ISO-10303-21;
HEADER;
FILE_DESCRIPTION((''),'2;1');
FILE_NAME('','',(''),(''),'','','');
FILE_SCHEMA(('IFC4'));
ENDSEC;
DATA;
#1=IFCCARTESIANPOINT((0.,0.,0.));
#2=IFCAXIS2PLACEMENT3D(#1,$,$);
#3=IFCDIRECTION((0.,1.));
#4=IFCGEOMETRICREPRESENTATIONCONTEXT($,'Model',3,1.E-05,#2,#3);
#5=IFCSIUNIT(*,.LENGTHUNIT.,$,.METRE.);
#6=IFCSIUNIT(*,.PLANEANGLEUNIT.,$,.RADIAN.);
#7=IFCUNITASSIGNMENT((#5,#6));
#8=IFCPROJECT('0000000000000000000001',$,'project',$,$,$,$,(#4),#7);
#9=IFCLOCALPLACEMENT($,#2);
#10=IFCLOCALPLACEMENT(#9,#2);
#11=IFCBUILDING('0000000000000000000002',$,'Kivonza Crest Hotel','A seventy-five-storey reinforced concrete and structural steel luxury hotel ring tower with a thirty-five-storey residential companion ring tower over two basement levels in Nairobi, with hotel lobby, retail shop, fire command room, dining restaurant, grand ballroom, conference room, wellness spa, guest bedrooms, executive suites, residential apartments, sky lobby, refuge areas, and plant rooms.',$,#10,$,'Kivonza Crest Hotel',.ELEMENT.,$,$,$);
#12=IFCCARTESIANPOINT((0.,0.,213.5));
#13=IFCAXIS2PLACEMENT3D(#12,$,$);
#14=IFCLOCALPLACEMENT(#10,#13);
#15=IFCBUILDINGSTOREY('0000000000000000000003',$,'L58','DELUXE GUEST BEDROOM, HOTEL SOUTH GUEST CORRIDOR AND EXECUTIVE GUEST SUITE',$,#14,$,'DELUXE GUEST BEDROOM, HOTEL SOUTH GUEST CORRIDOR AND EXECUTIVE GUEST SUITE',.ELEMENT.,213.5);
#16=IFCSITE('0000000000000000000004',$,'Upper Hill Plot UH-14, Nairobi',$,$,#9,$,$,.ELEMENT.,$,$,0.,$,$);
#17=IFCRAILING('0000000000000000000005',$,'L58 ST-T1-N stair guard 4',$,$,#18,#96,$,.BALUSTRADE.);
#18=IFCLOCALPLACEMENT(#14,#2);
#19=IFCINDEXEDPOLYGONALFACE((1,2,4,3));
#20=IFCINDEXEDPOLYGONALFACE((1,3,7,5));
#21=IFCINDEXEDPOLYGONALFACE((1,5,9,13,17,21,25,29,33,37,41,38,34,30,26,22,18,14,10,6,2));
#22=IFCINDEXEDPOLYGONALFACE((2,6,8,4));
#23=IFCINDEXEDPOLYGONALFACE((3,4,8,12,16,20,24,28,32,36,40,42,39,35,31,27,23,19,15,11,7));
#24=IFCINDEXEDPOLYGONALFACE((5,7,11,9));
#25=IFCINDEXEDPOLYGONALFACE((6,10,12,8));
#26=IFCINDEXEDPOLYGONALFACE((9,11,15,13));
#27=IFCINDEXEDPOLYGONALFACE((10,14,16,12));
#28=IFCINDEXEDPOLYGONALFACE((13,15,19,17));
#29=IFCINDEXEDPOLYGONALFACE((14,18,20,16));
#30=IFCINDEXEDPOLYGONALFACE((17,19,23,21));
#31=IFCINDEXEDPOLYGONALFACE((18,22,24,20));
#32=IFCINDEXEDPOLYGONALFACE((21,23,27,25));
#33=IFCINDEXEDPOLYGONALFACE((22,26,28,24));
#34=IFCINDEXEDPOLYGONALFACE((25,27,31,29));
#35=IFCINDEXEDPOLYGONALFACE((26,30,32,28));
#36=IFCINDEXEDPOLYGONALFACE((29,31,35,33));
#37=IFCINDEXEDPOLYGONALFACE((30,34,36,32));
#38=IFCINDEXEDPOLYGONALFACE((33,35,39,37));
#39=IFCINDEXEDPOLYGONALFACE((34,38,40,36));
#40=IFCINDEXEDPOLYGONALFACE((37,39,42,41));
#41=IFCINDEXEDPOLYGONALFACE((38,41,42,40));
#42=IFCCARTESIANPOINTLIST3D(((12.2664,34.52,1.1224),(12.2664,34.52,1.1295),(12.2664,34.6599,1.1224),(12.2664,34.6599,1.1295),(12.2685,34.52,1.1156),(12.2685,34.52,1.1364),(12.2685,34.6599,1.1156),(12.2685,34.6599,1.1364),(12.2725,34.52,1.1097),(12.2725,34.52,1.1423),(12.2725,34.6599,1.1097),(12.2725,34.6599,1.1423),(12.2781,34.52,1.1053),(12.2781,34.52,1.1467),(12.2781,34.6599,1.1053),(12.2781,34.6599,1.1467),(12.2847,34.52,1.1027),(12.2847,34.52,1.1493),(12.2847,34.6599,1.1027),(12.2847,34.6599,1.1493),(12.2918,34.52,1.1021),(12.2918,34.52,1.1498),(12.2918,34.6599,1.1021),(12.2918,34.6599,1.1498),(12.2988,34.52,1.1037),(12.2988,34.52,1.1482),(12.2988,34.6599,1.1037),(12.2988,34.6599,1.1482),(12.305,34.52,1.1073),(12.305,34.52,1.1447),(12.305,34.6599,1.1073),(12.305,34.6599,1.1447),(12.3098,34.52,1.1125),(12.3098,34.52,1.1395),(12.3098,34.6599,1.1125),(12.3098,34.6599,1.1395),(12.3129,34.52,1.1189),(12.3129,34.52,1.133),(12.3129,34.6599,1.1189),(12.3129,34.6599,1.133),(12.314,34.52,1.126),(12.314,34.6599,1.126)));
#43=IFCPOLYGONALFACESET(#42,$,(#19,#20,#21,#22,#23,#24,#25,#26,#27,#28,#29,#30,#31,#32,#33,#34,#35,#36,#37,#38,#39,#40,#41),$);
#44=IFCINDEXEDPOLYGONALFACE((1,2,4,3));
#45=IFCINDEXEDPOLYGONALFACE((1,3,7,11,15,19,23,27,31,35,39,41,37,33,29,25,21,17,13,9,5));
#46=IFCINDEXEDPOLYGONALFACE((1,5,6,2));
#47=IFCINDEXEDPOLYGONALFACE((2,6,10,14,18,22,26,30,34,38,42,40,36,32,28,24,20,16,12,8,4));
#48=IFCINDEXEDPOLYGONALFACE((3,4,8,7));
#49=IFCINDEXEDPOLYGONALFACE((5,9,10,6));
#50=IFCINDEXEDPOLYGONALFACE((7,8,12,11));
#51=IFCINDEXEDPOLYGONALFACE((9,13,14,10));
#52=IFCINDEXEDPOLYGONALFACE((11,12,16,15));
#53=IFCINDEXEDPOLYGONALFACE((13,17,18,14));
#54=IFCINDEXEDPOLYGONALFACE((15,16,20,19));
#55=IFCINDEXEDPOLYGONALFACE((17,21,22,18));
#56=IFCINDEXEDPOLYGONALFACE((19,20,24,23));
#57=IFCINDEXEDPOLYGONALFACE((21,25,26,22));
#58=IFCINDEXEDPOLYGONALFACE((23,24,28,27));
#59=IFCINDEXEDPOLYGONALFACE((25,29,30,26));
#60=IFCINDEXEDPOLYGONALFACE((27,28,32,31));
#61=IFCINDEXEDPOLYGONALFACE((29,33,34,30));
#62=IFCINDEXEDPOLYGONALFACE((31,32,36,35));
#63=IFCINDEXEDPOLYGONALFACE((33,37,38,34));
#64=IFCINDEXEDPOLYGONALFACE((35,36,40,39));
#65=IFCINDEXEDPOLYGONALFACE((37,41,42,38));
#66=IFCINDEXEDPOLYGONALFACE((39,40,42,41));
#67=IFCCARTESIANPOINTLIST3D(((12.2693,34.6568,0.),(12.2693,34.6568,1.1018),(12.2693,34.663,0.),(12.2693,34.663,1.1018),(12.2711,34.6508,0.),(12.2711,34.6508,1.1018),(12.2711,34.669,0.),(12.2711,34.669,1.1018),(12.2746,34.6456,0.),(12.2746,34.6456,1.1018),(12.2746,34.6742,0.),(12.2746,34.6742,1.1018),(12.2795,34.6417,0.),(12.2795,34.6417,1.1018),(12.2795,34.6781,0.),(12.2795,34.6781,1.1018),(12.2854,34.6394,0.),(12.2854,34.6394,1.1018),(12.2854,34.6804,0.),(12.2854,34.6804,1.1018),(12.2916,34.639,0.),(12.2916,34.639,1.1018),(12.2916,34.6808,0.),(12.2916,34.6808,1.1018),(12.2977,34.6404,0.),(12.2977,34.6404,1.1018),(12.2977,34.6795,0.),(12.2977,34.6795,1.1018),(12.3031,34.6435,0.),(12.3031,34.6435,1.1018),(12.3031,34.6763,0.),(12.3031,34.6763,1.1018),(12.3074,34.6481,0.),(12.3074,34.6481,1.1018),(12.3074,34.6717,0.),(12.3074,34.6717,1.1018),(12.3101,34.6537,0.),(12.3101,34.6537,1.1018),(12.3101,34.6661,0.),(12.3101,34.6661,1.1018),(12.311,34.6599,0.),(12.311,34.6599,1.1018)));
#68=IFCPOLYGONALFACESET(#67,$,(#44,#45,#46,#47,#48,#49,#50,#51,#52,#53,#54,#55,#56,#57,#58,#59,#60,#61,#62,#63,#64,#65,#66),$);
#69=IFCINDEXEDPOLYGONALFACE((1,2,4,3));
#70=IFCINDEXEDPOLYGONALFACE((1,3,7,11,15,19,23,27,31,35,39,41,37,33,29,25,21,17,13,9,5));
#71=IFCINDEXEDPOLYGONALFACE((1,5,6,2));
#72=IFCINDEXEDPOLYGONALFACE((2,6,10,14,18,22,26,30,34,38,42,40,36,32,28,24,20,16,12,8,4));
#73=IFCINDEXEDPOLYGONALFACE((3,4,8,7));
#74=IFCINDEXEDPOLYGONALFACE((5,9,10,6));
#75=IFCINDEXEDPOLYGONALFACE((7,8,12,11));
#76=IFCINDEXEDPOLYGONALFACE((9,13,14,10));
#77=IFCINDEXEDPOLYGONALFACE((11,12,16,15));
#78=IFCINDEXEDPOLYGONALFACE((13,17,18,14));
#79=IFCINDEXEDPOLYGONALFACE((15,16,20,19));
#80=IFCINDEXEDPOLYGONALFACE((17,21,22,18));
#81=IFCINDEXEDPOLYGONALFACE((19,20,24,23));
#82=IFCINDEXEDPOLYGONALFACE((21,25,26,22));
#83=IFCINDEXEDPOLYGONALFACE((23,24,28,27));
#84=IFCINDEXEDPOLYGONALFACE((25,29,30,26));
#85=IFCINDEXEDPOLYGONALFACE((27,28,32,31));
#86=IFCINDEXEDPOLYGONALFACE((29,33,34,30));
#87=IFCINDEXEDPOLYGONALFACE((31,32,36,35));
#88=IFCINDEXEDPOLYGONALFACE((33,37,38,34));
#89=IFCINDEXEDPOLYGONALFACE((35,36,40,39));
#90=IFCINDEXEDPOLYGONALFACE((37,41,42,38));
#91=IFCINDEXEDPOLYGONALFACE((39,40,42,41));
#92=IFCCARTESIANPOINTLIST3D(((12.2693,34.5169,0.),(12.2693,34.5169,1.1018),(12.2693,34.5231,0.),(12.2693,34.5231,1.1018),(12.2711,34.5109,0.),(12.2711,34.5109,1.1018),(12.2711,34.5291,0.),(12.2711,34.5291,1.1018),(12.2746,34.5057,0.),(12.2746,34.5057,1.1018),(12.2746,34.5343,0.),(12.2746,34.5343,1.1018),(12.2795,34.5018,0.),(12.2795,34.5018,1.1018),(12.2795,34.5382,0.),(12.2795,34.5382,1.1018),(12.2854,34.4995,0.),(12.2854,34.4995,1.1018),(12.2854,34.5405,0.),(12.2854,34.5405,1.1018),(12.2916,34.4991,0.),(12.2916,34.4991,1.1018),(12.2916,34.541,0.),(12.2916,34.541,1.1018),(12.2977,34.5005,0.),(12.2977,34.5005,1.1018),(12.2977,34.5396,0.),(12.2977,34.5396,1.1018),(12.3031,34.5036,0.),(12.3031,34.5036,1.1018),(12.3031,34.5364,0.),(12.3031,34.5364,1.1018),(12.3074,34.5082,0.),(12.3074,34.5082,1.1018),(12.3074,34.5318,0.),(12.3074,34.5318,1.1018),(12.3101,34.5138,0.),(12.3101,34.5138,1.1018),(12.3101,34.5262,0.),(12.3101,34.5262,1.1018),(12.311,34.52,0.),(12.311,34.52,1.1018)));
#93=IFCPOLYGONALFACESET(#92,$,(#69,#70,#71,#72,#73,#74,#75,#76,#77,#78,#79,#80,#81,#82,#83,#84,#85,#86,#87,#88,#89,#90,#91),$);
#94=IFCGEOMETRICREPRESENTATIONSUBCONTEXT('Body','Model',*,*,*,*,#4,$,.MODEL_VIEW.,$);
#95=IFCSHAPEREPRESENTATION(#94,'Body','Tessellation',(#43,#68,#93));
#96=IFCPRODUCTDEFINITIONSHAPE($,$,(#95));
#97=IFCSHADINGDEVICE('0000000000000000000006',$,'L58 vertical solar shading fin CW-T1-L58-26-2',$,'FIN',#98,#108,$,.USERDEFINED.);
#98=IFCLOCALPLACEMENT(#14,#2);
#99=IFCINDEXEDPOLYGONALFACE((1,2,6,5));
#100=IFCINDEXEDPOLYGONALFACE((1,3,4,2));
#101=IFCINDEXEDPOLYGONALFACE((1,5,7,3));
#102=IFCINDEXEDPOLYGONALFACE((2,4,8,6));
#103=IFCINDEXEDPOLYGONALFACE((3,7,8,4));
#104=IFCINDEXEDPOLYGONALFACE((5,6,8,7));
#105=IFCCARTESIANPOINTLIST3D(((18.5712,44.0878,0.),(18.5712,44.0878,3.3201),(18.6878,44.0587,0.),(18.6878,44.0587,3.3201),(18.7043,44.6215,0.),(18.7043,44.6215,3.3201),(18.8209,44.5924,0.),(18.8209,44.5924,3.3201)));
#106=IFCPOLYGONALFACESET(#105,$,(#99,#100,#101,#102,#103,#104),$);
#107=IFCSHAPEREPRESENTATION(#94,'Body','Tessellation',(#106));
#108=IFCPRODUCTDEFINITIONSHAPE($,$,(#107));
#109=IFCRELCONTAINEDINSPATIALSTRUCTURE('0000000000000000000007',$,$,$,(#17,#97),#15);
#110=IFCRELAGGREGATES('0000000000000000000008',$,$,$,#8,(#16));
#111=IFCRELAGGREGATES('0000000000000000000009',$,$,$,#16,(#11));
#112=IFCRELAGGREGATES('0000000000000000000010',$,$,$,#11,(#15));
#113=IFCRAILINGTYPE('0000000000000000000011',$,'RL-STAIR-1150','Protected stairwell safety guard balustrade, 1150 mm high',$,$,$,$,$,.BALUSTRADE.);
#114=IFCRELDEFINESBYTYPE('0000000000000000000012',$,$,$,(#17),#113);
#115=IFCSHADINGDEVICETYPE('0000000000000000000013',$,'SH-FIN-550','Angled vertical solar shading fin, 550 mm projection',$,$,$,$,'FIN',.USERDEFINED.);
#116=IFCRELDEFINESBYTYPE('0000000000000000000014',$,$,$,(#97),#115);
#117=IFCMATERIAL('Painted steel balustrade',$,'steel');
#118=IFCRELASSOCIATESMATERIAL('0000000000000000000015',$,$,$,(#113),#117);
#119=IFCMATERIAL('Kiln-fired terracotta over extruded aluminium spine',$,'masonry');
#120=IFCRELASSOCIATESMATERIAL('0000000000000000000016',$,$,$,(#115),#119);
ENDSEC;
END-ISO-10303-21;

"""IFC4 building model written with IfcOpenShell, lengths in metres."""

from ifc_helpers import new_model, si_unit, direction, frame, origin, origin_2d, place, context, subcontext, project, spatial, rectangle, circle, extrude, material, type_object, element, save


model = new_model("IFC4")

# Units and contexts
model_context = context("Model", 3, precision=1e-05, world=origin(), true_north=direction((0.0, 1.0)))
body_context = subcontext(model_context, "Body", "Model", "MODEL_VIEW")
ifc_project = project(units=[si_unit("LENGTHUNIT", "METRE"), si_unit("PLANEANGLEUNIT", "RADIAN")], contexts=[model_context])

# Site, building, storey
site_placement = place(None, origin())
site = spatial("IfcSite", under=ifc_project, at=site_placement, Name="Upper Hill Plot UH-14, Nairobi", CompositionType="ELEMENT", RefElevation=0.0)
building_placement = place(site_placement, origin())
building = spatial("IfcBuilding", under=site, at=building_placement, Name="Kivonza Crest Hotel", Description="A seventy-five-storey reinforced concrete and structural steel luxury hotel ring tower with a thirty-five-storey residential companion ring tower over two basement levels in Nairobi, with hotel lobby, retail shop, fire command room, dining restaurant, grand ballroom, conference room, wellness spa, guest bedrooms, executive suites, residential apartments, sky lobby, refuge areas, and plant rooms.", LongName="Kivonza Crest Hotel", CompositionType="ELEMENT")
storey_placement = place(building_placement, frame((0.0, 0.0, 213.5)))
storey = spatial("IfcBuildingStorey", under=building, at=storey_placement, Name="L58", Description="DELUXE GUEST BEDROOM, HOTEL SOUTH GUEST CORRIDOR AND EXECUTIVE GUEST SUITE", LongName="DELUXE GUEST BEDROOM, HOTEL SOUTH GUEST CORRIDOR AND EXECUTIVE GUEST SUITE", CompositionType="ELEMENT", Elevation=213.5)

# Railing
ifc_material_1 = material(Name="Painted steel balustrade", Category="steel")
railing_type_1 = type_object("IfcRailingType", Name="RL-STAIR-1150", Description="Protected stairwell safety guard balustrade, 1150 mm high", PredefinedType="BALUSTRADE", material=ifc_material_1)
railing_1_placement = place(storey_placement, frame((12.29, 34.6599, 0.0)))
element("IfcRailing", 1, at=railing_1_placement, inside=storey, type_object=railing_type_1, Name="L58 ST-T1-N stair guard 4", PredefinedType="BALUSTRADE", context=body_context, shape_type="SweptSolid", body=[
    extrude(circle(Radius=0.0239, at=origin_2d()), frame((0.0, 0.0, 1.126), z_axis=(0.0, -1.0, 0.0), x_axis=(1.0, 0.0, 0.0)), (0.0, 0.0, 1.0), 0.1399),
    extrude(circle(Radius=0.021, at=origin_2d()), origin(), (0.0, 0.0, 1.0), 1.1018),
    extrude(circle(Radius=0.021, at=origin_2d()), frame((0.0, -0.1399, 0.0)), (0.0, 0.0, 1.0), 1.1018),
])

# Shading device
ifc_material_2 = material(Name="Kiln-fired terracotta over extruded aluminium spine", Category="masonry")
shading_device_type = type_object("IfcShadingDeviceType", Name="SH-FIN-550", Description="Angled vertical solar shading fin, 550 mm projection", ElementType="FIN", PredefinedType="USERDEFINED", material=ifc_material_2)
shading_device_placement = place(storey_placement, frame((18.696, 44.3401, 0.0), z_axis=(0.0, 0.0, 1.0), x_axis=(-0.970296, 0.241922, 0.0)))
element("IfcShadingDevice", 2, at=shading_device_placement, inside=storey, type_object=shading_device_type, Name="L58 vertical solar shading fin CW-T1-L58-26-2", ObjectType="FIN", PredefinedType="USERDEFINED", context=body_context, shape_type="SweptSolid", body=[
    extrude(rectangle(XDim=0.1201, YDim=0.55, at=origin_2d()), origin(), (0.0, 0.0, 1.0), 3.3201),
])

save(model, "model.ifc")
